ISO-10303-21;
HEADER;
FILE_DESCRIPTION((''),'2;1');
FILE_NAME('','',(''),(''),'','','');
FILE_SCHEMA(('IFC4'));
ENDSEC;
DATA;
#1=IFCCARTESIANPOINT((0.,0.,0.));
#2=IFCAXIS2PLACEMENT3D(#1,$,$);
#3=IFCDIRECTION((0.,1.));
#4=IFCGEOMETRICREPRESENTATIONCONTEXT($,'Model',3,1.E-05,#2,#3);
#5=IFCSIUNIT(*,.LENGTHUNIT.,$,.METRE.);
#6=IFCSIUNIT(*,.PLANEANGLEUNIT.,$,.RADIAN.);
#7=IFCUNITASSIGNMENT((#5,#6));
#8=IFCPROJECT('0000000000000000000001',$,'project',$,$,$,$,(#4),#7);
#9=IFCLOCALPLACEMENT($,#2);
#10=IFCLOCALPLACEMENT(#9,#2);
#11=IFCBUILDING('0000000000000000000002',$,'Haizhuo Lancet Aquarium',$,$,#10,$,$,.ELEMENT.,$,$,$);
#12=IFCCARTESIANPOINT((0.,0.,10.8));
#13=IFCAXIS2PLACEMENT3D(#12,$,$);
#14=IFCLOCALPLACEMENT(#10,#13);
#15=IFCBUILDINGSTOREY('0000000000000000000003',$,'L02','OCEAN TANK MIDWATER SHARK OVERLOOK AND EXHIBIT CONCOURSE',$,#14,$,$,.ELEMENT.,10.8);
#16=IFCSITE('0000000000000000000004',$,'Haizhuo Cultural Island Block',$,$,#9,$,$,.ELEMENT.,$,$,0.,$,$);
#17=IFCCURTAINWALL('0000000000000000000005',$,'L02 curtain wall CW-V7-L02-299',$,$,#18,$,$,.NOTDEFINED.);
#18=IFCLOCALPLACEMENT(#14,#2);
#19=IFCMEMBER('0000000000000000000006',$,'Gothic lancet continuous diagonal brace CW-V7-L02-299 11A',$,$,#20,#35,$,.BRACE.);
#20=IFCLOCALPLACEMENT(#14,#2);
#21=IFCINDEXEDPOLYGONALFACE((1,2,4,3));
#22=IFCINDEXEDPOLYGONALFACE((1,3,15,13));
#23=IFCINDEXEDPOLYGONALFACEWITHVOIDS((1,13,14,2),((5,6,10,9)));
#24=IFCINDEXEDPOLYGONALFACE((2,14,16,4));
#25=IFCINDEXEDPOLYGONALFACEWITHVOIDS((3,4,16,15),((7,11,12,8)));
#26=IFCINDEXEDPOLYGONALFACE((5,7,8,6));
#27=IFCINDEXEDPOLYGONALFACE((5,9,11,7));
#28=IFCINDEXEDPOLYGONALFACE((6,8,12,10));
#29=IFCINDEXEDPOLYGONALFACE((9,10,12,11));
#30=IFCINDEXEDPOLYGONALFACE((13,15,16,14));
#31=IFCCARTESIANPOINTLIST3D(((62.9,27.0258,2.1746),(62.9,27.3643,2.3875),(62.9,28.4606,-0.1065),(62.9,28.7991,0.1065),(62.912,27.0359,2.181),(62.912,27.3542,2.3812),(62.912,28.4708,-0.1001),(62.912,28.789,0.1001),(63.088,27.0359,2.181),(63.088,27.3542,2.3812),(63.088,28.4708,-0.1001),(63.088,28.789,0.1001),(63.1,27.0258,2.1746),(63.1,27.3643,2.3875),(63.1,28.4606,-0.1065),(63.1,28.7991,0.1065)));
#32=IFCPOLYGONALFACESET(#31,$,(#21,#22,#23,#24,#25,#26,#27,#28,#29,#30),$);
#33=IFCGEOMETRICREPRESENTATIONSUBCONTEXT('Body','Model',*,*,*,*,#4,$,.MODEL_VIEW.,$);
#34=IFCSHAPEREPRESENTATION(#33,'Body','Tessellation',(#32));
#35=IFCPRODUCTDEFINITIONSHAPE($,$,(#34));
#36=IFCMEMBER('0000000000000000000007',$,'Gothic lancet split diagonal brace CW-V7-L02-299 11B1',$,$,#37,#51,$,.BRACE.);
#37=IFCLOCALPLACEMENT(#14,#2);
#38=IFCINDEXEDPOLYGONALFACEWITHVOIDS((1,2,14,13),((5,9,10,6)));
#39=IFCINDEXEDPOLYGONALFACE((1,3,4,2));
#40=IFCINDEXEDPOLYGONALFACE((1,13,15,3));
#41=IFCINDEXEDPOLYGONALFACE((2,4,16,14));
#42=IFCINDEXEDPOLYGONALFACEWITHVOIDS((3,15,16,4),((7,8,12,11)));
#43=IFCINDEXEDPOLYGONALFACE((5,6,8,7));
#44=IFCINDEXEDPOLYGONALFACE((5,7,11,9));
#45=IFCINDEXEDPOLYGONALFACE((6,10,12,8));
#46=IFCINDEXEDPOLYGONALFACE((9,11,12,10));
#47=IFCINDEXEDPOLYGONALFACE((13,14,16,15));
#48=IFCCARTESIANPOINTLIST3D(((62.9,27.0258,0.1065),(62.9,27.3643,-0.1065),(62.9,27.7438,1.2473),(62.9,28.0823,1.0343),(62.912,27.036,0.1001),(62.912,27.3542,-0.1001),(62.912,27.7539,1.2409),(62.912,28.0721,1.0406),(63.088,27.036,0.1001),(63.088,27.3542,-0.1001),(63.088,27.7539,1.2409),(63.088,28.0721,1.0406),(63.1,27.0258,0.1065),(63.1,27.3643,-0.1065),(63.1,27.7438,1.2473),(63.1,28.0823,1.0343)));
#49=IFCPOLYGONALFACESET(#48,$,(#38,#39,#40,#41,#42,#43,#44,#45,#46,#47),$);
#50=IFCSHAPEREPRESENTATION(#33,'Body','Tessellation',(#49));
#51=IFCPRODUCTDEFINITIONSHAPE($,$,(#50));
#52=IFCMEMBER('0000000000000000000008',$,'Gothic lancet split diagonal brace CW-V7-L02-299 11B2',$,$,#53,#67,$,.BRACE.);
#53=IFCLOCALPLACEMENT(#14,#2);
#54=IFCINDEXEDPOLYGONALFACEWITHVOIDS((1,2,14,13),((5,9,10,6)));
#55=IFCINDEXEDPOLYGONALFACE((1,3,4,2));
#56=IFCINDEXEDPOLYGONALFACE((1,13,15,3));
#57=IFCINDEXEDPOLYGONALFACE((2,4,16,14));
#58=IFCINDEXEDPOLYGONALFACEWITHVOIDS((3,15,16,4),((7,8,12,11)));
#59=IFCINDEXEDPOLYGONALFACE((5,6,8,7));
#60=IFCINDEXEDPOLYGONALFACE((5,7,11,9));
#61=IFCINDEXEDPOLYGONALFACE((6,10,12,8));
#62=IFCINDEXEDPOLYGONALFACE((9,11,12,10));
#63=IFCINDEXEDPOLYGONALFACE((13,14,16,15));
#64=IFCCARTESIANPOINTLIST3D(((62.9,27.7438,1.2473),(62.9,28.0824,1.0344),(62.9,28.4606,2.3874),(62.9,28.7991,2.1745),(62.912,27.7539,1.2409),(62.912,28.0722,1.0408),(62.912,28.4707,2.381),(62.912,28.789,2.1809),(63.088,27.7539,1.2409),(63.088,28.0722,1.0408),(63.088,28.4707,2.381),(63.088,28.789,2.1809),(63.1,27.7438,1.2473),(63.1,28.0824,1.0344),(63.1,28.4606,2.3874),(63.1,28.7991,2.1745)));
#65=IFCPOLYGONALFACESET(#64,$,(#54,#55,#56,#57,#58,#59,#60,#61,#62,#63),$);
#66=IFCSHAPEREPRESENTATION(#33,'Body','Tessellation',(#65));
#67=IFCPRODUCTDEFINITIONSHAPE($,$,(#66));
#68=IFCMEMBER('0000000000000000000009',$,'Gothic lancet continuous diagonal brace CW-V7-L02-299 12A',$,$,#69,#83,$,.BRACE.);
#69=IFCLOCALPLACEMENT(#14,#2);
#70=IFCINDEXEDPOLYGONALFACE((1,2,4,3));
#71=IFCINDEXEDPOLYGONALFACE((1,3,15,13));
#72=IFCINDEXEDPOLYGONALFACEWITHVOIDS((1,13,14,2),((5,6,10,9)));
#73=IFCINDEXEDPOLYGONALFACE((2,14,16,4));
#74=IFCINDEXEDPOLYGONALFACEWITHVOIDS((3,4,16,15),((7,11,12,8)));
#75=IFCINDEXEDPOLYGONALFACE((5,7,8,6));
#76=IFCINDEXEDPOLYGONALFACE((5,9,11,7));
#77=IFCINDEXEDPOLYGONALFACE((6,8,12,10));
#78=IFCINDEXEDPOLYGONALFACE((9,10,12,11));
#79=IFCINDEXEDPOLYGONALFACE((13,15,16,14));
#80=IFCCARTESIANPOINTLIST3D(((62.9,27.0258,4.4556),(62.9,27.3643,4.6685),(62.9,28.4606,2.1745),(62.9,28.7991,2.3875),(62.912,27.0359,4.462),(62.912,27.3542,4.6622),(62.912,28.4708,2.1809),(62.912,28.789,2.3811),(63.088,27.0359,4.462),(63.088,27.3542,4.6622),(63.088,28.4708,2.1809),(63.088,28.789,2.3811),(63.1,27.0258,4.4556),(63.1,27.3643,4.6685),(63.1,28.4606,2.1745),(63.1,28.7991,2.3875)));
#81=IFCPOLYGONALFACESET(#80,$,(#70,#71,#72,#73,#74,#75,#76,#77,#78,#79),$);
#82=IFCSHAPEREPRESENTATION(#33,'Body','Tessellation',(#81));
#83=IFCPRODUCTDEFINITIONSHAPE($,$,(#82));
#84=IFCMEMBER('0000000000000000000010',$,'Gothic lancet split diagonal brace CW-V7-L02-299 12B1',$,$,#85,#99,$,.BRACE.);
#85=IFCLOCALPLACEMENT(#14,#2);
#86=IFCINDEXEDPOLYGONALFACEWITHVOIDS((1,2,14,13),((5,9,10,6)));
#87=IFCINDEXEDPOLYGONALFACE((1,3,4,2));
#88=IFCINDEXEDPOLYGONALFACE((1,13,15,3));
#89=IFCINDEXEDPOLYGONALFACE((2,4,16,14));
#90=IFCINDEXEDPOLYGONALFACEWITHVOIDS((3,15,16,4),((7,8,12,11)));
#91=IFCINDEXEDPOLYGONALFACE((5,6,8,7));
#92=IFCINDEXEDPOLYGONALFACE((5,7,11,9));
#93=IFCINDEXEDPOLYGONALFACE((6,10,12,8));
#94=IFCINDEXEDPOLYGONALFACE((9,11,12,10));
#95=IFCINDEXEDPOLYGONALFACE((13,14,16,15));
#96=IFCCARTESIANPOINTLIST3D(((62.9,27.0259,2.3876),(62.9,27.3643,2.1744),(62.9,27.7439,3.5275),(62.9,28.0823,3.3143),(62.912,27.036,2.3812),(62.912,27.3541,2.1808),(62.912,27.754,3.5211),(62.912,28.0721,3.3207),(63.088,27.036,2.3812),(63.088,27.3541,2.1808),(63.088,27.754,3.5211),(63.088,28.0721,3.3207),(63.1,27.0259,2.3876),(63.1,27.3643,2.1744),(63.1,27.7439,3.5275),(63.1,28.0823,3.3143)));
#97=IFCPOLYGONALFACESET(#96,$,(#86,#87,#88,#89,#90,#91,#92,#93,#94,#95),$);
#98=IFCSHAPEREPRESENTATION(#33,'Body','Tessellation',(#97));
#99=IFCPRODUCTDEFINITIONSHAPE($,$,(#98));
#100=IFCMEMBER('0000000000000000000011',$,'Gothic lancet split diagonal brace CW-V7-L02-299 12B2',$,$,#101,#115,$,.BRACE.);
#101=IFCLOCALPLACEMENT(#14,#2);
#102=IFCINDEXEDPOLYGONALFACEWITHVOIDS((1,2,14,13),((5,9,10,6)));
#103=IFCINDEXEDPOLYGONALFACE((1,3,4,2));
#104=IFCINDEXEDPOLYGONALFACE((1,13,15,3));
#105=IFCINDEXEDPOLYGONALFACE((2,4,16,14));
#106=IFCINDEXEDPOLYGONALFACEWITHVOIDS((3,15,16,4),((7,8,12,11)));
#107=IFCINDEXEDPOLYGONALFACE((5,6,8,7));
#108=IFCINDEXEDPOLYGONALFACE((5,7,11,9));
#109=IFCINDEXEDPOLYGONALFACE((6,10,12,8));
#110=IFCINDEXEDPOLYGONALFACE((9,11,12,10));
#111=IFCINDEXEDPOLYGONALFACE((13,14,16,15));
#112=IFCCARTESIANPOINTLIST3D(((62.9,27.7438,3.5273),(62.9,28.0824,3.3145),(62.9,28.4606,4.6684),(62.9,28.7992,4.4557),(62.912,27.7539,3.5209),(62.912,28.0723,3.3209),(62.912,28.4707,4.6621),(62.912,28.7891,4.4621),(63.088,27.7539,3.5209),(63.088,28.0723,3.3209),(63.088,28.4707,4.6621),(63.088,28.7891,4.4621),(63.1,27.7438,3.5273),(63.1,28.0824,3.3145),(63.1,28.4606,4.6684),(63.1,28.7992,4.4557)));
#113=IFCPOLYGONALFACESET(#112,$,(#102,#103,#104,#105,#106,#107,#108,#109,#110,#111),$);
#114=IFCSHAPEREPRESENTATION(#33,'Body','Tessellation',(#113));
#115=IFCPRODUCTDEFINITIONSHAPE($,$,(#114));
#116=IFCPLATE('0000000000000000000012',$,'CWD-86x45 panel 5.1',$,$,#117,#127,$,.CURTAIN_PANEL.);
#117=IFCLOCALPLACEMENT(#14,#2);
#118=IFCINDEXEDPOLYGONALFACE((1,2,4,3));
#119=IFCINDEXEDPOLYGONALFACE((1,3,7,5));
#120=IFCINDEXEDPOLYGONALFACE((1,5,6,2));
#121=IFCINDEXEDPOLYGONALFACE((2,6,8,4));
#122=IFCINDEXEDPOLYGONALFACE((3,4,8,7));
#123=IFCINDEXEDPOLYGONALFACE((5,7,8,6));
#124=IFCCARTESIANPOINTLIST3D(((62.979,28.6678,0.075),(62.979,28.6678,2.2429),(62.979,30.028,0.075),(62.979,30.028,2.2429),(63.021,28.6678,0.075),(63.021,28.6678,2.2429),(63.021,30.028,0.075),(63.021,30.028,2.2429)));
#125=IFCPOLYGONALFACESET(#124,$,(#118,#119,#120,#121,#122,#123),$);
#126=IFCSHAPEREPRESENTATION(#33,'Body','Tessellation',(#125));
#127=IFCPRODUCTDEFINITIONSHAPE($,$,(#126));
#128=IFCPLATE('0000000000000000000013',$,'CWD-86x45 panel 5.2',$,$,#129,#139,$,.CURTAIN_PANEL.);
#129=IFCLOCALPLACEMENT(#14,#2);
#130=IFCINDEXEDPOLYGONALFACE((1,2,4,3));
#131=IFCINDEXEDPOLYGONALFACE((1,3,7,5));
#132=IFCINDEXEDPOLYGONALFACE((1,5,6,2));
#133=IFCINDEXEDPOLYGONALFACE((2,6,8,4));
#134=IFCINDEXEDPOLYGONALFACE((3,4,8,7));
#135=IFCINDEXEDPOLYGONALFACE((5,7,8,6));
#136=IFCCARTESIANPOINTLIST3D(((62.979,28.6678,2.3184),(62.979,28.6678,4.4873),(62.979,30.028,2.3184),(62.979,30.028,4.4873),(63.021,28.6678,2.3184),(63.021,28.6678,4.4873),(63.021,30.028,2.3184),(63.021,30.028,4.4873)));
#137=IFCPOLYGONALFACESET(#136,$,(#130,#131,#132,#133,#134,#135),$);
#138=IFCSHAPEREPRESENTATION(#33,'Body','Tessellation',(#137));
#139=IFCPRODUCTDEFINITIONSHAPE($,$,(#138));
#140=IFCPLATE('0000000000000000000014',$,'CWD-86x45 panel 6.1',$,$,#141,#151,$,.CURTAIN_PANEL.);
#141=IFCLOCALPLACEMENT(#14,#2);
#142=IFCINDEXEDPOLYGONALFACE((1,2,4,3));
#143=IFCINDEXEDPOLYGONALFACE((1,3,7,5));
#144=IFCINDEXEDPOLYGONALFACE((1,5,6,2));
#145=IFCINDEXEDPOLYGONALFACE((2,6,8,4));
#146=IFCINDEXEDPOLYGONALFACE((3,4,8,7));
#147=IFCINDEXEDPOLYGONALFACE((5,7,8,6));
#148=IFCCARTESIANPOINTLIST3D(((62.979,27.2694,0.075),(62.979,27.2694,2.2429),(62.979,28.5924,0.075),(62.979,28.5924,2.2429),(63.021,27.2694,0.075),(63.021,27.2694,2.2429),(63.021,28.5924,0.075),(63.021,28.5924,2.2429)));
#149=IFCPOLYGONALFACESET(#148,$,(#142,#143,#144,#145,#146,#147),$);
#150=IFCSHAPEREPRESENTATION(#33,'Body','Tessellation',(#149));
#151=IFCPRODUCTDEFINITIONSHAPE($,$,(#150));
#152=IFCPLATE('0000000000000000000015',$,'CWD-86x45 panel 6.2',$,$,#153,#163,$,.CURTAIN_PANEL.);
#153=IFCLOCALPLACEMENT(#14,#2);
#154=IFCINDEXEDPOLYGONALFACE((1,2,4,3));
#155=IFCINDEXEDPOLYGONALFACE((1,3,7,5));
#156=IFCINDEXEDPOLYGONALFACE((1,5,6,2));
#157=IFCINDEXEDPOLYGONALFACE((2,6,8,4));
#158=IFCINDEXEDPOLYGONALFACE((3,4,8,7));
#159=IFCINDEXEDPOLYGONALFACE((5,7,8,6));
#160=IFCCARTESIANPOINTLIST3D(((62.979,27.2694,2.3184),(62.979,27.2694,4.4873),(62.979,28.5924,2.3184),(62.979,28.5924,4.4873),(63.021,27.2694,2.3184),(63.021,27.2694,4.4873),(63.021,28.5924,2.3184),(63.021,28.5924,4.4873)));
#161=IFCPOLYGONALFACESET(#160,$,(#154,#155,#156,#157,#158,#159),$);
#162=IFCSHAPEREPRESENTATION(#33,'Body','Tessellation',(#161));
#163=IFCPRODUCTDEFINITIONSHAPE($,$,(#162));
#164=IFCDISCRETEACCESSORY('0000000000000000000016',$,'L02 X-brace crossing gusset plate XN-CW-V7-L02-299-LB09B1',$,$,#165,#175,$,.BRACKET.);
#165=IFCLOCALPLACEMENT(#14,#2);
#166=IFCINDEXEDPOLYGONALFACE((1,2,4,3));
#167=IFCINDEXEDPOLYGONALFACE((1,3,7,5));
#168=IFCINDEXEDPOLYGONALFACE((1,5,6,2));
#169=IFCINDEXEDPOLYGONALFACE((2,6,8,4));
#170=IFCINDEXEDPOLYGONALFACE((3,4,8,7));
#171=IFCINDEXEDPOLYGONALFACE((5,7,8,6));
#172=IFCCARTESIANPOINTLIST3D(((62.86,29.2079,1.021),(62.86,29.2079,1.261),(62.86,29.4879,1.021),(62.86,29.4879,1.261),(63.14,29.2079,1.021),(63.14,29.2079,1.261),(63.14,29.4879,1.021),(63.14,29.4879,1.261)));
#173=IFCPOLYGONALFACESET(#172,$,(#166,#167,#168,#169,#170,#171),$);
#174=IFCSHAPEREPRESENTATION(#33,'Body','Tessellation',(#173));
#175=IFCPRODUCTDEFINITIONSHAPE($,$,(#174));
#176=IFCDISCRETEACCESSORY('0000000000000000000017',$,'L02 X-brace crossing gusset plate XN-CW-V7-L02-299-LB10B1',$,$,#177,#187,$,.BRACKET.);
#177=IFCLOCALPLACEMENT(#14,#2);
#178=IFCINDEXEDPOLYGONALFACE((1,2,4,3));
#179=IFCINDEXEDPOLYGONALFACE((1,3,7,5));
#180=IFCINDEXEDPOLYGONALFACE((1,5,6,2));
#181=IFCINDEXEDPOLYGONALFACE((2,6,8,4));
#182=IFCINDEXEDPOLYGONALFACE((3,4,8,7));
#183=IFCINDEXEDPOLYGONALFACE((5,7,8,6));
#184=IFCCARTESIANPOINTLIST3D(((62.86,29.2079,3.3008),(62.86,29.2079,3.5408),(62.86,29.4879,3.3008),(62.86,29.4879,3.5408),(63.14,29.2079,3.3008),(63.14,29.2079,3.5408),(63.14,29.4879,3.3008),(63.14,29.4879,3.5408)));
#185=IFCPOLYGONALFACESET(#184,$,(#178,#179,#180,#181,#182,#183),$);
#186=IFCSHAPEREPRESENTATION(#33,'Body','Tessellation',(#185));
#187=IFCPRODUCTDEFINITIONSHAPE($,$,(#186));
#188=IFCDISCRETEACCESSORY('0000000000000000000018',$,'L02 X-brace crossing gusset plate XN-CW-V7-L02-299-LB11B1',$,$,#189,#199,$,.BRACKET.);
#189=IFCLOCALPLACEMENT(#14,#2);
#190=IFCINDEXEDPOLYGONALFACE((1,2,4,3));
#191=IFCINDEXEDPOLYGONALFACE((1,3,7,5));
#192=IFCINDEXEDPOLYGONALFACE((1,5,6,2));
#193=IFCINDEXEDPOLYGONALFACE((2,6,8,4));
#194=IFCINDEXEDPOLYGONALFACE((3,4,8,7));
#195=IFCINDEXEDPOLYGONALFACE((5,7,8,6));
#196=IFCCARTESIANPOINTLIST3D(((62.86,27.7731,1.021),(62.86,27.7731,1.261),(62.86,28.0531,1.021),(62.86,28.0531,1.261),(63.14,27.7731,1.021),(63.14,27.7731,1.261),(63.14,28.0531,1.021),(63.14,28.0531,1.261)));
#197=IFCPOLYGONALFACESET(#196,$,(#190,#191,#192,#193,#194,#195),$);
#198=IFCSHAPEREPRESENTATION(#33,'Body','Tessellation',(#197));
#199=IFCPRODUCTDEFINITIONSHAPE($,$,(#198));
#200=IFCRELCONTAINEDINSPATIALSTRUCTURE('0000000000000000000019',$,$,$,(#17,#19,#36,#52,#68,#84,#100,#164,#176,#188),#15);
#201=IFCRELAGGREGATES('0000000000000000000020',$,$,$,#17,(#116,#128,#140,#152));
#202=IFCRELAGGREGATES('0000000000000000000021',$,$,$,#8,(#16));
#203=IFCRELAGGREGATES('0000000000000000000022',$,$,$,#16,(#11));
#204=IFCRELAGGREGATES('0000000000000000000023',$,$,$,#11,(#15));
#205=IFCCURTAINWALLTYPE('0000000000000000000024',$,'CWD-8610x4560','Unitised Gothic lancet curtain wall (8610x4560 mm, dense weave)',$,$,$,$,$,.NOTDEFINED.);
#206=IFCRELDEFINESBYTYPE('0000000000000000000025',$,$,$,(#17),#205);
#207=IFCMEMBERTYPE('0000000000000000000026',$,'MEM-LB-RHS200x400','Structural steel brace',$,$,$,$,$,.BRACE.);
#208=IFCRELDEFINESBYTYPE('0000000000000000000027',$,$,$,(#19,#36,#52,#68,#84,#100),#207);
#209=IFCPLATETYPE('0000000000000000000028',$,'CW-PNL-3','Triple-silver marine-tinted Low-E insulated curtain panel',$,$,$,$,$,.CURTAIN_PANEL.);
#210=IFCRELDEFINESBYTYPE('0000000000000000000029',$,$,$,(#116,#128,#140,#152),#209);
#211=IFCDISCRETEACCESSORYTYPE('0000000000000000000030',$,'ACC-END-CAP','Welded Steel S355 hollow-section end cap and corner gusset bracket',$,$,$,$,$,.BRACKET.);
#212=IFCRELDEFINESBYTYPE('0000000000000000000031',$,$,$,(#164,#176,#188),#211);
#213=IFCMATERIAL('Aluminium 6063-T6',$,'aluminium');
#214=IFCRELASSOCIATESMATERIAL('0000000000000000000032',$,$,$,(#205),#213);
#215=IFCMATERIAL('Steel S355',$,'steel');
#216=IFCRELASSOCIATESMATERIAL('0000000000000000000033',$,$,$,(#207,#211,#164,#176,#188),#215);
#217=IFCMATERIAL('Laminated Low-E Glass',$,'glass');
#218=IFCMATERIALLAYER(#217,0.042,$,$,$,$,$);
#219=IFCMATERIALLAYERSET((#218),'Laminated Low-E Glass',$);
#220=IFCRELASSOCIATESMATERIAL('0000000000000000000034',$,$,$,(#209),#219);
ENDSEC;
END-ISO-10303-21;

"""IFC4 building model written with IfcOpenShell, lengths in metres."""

from ifc_helpers import new_model, si_unit, direction, frame, origin, origin_2d, place, context, subcontext, project, spatial, rectangle, hollow_rectangle, extrude, material, layer, layer_set, material_profile, profile_set, type_object, element, aggregate, save


model = new_model("IFC4")

# Units and contexts
model_context = context("Model", 3, precision=1e-05, world=origin(), true_north=direction((0.0, 1.0)))
body_context = subcontext(model_context, "Body", "Model", "MODEL_VIEW")
ifc_project = project(units=[si_unit("LENGTHUNIT", "METRE"), si_unit("PLANEANGLEUNIT", "RADIAN")], contexts=[model_context])

# Site, building, storey
site_placement = place(None, origin())
site = spatial("IfcSite", under=ifc_project, at=site_placement, Name="Haizhuo Cultural Island Block", CompositionType="ELEMENT", RefElevation=0.0)
building_placement = place(site_placement, origin())
building = spatial("IfcBuilding", under=site, at=building_placement, Name="Haizhuo Lancet Aquarium", CompositionType="ELEMENT")
storey_placement = place(building_placement, frame((0.0, 0.0, 10.8)))
storey = spatial("IfcBuildingStorey", under=building, at=storey_placement, Name="L02", Description="OCEAN TANK MIDWATER SHARK OVERLOOK AND EXHIBIT CONCOURSE", CompositionType="ELEMENT", Elevation=10.8)

# Curtain wall
ifc_material_1 = material(Name="Aluminium 6063-T6", Category="aluminium")
curtain_wall_type_1 = type_object("IfcCurtainWallType", Name="CWD-8610x4560", Description="Unitised Gothic lancet curtain wall (8610x4560 mm, dense weave)", PredefinedType="NOTDEFINED", material=ifc_material_1)
curtain_wall_1_placement = place(storey_placement, origin())
curtain_wall_1 = element("IfcCurtainWall", 1, at=curtain_wall_1_placement, inside=storey, type_object=curtain_wall_type_1, Name="L02 curtain wall CW-V7-L02-299", PredefinedType="NOTDEFINED")

# Members
ifc_material_2 = material(Name="Steel S355", Category="steel")
ifc_material_profile_1 = material_profile(ifc_material_2, hollow_rectangle(XDim=0.2, YDim=0.3999, WallThickness=0.012, at=origin_2d()), Name="RHS 200x400x12")
ifc_profile_set_1 = profile_set([ifc_material_profile_1], Name="Steel S355")
member_type_1 = type_object("IfcMemberType", Name="MEM-LB-RHS200x400", Description="Structural steel brace", PredefinedType="BRACE", material=ifc_profile_set_1)
member_1_placement = place(storey_placement, frame((63.0, 28.6299, 0.0), z_axis=(0.0, -0.532448, 0.846463), x_axis=(1.0, 0.0, 0.0)))
element("IfcMember", 2, at=member_1_placement, inside=storey, type_object=member_type_1, Name="Gothic lancet continuous diagonal brace CW-V7-L02-299 11A", PredefinedType="BRACE", context=body_context, shape_type="SweptSolid", body=[
    extrude(hollow_rectangle(XDim=0.2, YDim=0.3999, WallThickness=0.012, at=origin_2d()), origin(), (0.0, 0.0, 1.0), 2.6948),
])
member_2_placement = place(storey_placement, frame((63.0, 27.1951, 0.0), z_axis=(0.0, 0.53265, 0.846336), x_axis=(-1.0, 0.0, 0.0)))
element("IfcMember", 3, at=member_2_placement, inside=storey, type_object=member_type_1, Name="Gothic lancet split diagonal brace CW-V7-L02-299 11B1", PredefinedType="BRACE", context=body_context, shape_type="SweptSolid", body=[
    extrude(hollow_rectangle(XDim=0.2, YDim=0.3999, WallThickness=0.012, at=origin_2d()), origin(), (0.0, 0.0, 1.0), 1.3479),
])
member_3_placement = place(storey_placement, frame((63.0, 27.9131, 1.1409), z_axis=(0.0, 0.532246, 0.84659), x_axis=(-1.0, 0.0, 0.0)))
element("IfcMember", 4, at=member_3_placement, inside=storey, type_object=member_type_1, Name="Gothic lancet split diagonal brace CW-V7-L02-299 11B2", PredefinedType="BRACE", context=body_context, shape_type="SweptSolid", body=[
    extrude(hollow_rectangle(XDim=0.2, YDim=0.3999, WallThickness=0.012, at=origin_2d()), origin(), (0.0, 0.0, 1.0), 1.3467),
])
member_4_placement = place(storey_placement, frame((63.0, 28.6299, 2.281), z_axis=(0.0, -0.532448, 0.846463), x_axis=(1.0, 0.0, 0.0)))
element("IfcMember", 5, at=member_4_placement, inside=storey, type_object=member_type_1, Name="Gothic lancet continuous diagonal brace CW-V7-L02-299 12A", PredefinedType="BRACE", context=body_context, shape_type="SweptSolid", body=[
    extrude(hollow_rectangle(XDim=0.2, YDim=0.3999, WallThickness=0.012, at=origin_2d()), origin(), (0.0, 0.0, 1.0), 2.6948),
])
member_5_placement = place(storey_placement, frame((63.0, 27.1951, 2.281), z_axis=(0.0, 0.532977, 0.84613), x_axis=(-1.0, 0.0, 0.0)))
element("IfcMember", 6, at=member_5_placement, inside=storey, type_object=member_type_1, Name="Gothic lancet split diagonal brace CW-V7-L02-299 12B1", PredefinedType="BRACE", context=body_context, shape_type="SweptSolid", body=[
    extrude(hollow_rectangle(XDim=0.2, YDim=0.3999, WallThickness=0.012, at=origin_2d()), origin(), (0.0, 0.0, 1.0), 1.3472),
])
member_6_placement = place(storey_placement, frame((63.0, 27.9131, 3.4209), z_axis=(0.0, 0.531919, 0.846795), x_axis=(-1.0, 0.0, 0.0)))
element("IfcMember", 7, at=member_6_placement, inside=storey, type_object=member_type_1, Name="Gothic lancet split diagonal brace CW-V7-L02-299 12B2", PredefinedType="BRACE", context=body_context, shape_type="SweptSolid", body=[
    extrude(hollow_rectangle(XDim=0.2, YDim=0.3999, WallThickness=0.012, at=origin_2d()), origin(), (0.0, 0.0, 1.0), 1.3477),
])

# Plates
ifc_material_3 = material(Name="Laminated Low-E Glass", Category="glass")
ifc_layer = layer(ifc_material_3, 0.042)
ifc_layer_set = layer_set([ifc_layer], Name="Laminated Low-E Glass")
plate_type = type_object("IfcPlateType", Name="CW-PNL-3", Description="Triple-silver marine-tinted Low-E insulated curtain panel", PredefinedType="CURTAIN_PANEL", material=ifc_layer_set)
plate_1_placement = place(storey_placement, frame((63.0, 29.3479, 0.075), z_axis=(0.0, 0.0, 1.0), x_axis=(0.0, -1.0, 0.0)))
plate_1 = element("IfcPlate", 8, at=plate_1_placement, type_object=plate_type, Name="CWD-86x45 panel 5.1", PredefinedType="CURTAIN_PANEL", context=body_context, shape_type="SweptSolid", body=[
    extrude(rectangle(XDim=1.3601, YDim=0.042, at=origin_2d()), origin(), (0.0, 0.0, 1.0), 2.168),
])
plate_2_placement = place(storey_placement, frame((63.0, 29.3479, 2.3184), z_axis=(0.0, 0.0, 1.0), x_axis=(0.0, -1.0, 0.0)))
plate_2 = element("IfcPlate", 9, at=plate_2_placement, type_object=plate_type, Name="CWD-86x45 panel 5.2", PredefinedType="CURTAIN_PANEL", context=body_context, shape_type="SweptSolid", body=[
    extrude(rectangle(XDim=1.3601, YDim=0.042, at=origin_2d()), origin(), (0.0, 0.0, 1.0), 2.1689),
])
plate_3_placement = place(storey_placement, frame((63.0, 27.9309, 0.075), z_axis=(0.0, 0.0, 1.0), x_axis=(0.0, -1.0, 0.0)))
plate_3 = element("IfcPlate", 10, at=plate_3_placement, type_object=plate_type, Name="CWD-86x45 panel 6.1", PredefinedType="CURTAIN_PANEL", context=body_context, shape_type="SweptSolid", body=[
    extrude(rectangle(XDim=1.323, YDim=0.042, at=origin_2d()), origin(), (0.0, 0.0, 1.0), 2.168),
])
plate_4_placement = place(storey_placement, frame((63.0, 27.9309, 2.3184), z_axis=(0.0, 0.0, 1.0), x_axis=(0.0, -1.0, 0.0)))
plate_4 = element("IfcPlate", 11, at=plate_4_placement, type_object=plate_type, Name="CWD-86x45 panel 6.2", PredefinedType="CURTAIN_PANEL", context=body_context, shape_type="SweptSolid", body=[
    extrude(rectangle(XDim=1.323, YDim=0.042, at=origin_2d()), origin(), (0.0, 0.0, 1.0), 2.1689),
])
aggregate(curtain_wall_1, [plate_1, plate_2, plate_3, plate_4])

# Discrete accessories
discrete_accessory_type = type_object("IfcDiscreteAccessoryType", Name="ACC-END-CAP", Description="Welded Steel S355 hollow-section end cap and corner gusset bracket", PredefinedType="BRACKET", material=ifc_material_2)
for number, where, z_axis, x_axis, name in (
    (12, (63.0, 29.3479, 1.021), (0.0, 0.0, 1.0), (1.0, 0.0, 0.0), "L02 X-brace crossing gusset plate XN-CW-V7-L02-299-LB09B1"),
    (13, (63.0, 29.3479, 3.3008), (0.0, 0.0, 1.0), (1.0, 0.0, 0.0), "L02 X-brace crossing gusset plate XN-CW-V7-L02-299-LB10B1"),
    (14, (63.0, 27.9131, 1.021), (0.0, 0.0, 1.0), (1.0, 0.0, 0.0), "L02 X-brace crossing gusset plate XN-CW-V7-L02-299-LB11B1"),
):
    element("IfcDiscreteAccessory", number, at=place(storey_placement, frame(where, z_axis=z_axis, x_axis=x_axis)), inside=storey, type_object=discrete_accessory_type, material=ifc_material_2, Name=name, PredefinedType="BRACKET", context=body_context, shape_type="SweptSolid", body=[
        extrude(rectangle(XDim=0.28, YDim=0.28, at=origin_2d()), origin(), (0.0, 0.0, 1.0), 0.24),
    ])

save(model, "model.ifc")
